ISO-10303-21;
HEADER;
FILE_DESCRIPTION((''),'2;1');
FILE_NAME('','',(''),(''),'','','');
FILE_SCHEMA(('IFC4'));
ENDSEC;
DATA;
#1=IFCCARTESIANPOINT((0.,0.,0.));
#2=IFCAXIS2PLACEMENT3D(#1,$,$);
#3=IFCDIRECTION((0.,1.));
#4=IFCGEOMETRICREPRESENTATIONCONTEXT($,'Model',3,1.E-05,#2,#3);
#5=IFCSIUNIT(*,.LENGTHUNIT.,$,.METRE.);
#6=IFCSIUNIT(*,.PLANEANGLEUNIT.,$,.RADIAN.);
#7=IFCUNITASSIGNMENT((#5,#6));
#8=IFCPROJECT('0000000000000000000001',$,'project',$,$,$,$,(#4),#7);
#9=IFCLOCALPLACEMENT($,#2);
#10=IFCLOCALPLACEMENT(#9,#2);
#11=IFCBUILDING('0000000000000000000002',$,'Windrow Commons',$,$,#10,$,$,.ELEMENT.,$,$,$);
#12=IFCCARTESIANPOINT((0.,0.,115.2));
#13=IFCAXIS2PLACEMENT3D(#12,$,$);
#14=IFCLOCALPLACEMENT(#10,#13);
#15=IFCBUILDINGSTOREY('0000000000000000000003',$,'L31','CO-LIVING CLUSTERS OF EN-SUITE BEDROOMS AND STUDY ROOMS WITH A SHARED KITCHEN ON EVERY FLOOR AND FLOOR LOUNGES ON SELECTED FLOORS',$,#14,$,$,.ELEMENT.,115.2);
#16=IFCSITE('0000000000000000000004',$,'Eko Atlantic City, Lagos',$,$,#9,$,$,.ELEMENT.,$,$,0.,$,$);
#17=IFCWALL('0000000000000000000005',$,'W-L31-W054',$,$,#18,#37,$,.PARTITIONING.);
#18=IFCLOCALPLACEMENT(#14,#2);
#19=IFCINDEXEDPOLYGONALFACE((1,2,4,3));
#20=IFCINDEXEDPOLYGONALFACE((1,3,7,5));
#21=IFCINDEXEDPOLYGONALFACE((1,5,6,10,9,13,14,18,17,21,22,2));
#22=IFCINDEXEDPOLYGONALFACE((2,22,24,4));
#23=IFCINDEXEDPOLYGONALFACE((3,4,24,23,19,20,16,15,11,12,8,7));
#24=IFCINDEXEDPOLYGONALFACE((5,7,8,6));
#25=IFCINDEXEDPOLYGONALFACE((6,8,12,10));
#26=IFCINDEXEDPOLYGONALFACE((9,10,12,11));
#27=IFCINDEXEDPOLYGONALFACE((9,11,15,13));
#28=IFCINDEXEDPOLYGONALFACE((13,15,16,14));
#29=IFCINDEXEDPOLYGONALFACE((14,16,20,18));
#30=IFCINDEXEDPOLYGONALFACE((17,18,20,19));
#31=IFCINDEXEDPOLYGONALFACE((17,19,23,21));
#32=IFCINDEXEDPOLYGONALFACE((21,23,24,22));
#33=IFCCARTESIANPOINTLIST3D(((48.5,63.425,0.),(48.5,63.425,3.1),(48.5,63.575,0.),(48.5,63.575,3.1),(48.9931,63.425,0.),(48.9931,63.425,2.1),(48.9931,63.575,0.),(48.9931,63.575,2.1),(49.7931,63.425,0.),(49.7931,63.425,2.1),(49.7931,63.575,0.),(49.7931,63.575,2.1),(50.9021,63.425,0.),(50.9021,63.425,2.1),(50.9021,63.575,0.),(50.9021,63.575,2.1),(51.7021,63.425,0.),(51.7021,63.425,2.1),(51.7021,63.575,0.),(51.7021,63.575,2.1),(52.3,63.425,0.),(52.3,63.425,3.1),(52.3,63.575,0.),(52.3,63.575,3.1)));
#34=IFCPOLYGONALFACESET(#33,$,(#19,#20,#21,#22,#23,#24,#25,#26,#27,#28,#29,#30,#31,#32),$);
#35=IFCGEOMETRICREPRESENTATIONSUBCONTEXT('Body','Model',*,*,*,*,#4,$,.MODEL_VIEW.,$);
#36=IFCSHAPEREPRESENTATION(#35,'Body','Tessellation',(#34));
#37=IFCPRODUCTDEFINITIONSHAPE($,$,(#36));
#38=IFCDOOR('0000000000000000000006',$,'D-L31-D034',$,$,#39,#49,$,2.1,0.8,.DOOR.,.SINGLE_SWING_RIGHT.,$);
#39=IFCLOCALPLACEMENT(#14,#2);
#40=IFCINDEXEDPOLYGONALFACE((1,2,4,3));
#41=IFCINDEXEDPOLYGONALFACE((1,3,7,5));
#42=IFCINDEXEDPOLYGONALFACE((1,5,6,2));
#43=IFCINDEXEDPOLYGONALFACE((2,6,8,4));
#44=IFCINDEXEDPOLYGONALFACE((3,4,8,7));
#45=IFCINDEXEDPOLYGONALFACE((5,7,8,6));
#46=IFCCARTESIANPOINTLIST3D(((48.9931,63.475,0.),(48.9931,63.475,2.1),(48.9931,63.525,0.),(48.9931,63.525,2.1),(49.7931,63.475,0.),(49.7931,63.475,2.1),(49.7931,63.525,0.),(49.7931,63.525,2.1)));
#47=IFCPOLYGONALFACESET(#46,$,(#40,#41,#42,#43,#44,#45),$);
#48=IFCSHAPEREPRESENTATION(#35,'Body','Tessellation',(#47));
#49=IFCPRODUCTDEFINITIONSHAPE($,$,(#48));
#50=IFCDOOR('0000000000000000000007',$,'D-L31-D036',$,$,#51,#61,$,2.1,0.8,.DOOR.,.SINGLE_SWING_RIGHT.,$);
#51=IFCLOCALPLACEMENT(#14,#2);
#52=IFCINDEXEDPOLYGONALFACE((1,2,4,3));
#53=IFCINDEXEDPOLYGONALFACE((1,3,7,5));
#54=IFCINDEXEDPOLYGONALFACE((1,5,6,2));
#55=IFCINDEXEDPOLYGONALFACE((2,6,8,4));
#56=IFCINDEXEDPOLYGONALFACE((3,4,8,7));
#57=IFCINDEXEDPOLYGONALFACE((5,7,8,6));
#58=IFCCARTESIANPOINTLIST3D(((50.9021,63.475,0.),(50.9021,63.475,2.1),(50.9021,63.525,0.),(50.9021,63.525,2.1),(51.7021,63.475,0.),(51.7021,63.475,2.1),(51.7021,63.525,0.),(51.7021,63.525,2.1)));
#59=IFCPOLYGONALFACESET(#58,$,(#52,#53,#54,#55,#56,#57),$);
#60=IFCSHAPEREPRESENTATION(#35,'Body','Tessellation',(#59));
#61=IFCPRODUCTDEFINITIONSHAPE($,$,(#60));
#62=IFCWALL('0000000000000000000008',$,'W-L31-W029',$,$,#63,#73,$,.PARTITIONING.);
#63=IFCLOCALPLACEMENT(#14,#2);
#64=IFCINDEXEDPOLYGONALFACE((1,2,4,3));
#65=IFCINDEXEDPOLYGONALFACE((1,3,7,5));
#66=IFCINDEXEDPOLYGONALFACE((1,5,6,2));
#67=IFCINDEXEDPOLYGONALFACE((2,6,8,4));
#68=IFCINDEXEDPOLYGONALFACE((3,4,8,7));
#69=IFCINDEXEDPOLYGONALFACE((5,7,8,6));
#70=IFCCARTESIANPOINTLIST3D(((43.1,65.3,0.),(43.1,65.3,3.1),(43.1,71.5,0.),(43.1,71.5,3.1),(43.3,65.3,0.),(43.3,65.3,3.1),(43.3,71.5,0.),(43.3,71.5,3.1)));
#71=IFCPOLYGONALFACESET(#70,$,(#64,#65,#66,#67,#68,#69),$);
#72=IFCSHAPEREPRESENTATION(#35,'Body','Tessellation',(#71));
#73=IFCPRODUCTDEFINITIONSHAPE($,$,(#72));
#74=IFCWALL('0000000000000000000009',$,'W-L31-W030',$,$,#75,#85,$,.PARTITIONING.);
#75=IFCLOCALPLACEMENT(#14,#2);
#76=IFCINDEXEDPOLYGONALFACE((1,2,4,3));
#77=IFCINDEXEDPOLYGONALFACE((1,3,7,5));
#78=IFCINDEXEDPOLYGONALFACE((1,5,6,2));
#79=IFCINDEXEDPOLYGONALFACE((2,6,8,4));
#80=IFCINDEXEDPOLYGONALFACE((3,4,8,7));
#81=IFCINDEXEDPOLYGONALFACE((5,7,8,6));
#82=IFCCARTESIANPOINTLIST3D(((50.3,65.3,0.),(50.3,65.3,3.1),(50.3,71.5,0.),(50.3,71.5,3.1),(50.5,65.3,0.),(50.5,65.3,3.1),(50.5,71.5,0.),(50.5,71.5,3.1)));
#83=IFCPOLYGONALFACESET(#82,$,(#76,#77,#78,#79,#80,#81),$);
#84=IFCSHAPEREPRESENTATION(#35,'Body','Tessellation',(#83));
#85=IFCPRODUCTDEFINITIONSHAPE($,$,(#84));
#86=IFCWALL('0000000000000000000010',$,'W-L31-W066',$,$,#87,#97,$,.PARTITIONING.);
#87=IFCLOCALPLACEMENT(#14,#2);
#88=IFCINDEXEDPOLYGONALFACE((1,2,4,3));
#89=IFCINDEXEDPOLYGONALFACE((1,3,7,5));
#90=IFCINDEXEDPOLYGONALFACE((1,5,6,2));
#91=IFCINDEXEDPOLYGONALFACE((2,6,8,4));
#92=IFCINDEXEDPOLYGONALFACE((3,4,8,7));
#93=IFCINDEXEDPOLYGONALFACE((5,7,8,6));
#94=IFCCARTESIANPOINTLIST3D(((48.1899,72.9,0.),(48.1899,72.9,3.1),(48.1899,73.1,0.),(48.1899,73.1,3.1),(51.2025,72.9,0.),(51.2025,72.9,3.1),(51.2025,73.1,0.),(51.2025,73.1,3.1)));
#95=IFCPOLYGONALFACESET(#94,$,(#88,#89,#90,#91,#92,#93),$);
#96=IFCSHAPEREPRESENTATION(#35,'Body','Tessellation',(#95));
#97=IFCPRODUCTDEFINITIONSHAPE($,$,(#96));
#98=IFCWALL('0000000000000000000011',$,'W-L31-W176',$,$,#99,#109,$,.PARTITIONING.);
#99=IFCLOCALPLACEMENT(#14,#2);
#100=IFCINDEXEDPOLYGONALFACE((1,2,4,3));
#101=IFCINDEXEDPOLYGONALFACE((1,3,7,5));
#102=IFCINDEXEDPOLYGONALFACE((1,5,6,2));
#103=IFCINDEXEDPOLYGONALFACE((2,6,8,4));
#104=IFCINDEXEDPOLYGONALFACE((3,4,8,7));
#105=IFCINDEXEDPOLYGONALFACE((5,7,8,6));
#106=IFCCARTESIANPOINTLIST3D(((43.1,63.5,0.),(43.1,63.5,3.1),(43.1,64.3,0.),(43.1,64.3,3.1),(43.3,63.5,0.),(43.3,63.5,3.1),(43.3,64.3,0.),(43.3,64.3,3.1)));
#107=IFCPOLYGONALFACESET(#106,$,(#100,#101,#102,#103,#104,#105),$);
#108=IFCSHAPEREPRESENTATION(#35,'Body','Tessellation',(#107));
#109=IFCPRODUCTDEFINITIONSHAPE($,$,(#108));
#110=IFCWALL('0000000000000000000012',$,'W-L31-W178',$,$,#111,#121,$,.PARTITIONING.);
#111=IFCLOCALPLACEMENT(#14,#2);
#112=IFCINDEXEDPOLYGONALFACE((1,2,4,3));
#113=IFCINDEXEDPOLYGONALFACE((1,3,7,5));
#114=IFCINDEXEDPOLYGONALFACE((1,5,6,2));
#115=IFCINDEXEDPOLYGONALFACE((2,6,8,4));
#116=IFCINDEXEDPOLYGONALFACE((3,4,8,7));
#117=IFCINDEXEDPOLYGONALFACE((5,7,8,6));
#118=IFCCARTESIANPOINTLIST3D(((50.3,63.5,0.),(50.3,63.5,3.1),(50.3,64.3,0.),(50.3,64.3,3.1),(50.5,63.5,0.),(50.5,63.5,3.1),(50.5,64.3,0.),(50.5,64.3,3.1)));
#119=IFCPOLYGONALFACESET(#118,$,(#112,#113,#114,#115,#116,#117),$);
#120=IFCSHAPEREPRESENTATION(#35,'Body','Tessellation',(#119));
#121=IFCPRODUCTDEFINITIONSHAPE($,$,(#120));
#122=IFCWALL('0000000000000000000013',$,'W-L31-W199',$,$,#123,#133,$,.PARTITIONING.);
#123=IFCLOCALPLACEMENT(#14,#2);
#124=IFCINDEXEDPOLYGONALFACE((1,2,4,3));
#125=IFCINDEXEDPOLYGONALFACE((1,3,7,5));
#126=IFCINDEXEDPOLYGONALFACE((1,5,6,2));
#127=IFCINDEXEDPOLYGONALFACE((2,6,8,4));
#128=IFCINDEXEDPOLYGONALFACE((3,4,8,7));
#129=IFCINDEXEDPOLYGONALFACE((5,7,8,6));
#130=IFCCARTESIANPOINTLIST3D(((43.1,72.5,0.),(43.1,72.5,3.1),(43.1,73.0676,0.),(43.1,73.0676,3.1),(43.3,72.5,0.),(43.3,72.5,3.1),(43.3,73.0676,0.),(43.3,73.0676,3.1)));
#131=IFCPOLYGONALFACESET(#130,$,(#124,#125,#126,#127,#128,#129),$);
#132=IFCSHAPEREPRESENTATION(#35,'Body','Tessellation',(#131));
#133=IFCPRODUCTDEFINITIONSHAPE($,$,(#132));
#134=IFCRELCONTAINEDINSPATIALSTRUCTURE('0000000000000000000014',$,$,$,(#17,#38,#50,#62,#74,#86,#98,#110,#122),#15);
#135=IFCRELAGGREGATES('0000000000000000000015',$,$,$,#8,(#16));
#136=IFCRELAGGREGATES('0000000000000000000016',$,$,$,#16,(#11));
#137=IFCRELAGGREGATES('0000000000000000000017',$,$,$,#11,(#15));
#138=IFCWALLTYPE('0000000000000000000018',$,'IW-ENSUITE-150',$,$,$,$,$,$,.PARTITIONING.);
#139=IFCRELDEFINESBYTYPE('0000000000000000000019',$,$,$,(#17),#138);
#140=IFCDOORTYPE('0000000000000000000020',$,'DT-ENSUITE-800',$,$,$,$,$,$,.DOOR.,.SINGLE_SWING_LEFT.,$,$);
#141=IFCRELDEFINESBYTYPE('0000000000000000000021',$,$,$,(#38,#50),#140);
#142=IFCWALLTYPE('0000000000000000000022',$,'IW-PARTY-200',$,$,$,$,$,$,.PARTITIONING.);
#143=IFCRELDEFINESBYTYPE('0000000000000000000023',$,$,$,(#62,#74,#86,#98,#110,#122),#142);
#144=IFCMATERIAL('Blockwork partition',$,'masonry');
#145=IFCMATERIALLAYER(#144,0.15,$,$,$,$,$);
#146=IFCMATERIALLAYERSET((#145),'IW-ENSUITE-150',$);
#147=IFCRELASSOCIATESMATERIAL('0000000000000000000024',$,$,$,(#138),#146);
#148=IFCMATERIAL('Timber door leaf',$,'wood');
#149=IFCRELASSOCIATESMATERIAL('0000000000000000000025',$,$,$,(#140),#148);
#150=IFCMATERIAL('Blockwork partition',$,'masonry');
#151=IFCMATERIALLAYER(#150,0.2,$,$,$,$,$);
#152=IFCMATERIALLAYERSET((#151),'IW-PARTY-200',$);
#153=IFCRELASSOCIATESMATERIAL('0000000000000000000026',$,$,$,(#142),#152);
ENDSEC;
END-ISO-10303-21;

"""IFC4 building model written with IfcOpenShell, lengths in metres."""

from ifc_helpers import new_model, si_unit, direction, frame, frame_2d, origin, place, context, subcontext, project, spatial, rectangle, extrude, material, layer, layer_set, type_object, element, fill, save


model = new_model("IFC4")

# Units and contexts
model_context = context("Model", 3, precision=1e-05, world=origin(), true_north=direction((0.0, 1.0)))
body_context = subcontext(model_context, "Body", "Model", "MODEL_VIEW")
ifc_project = project(units=[si_unit("LENGTHUNIT", "METRE"), si_unit("PLANEANGLEUNIT", "RADIAN")], contexts=[model_context])

# Site, building, storey
site_placement = place(None, origin())
site = spatial("IfcSite", under=ifc_project, at=site_placement, Name="Eko Atlantic City, Lagos", CompositionType="ELEMENT", RefElevation=0.0)
building_placement = place(site_placement, origin())
building = spatial("IfcBuilding", under=site, at=building_placement, Name="Windrow Commons", CompositionType="ELEMENT")
storey_placement = place(building_placement, frame((0.0, 0.0, 115.2)))
storey = spatial("IfcBuildingStorey", under=building, at=storey_placement, Name="L31", Description="CO-LIVING CLUSTERS OF EN-SUITE BEDROOMS AND STUDY ROOMS WITH A SHARED KITCHEN ON EVERY FLOOR AND FLOOR LOUNGES ON SELECTED FLOORS", CompositionType="ELEMENT", Elevation=115.2)

# Wall, openings, doors
ifc_material_1 = material(Name="Blockwork partition", Category="masonry")
ifc_layer_1 = layer(ifc_material_1, 0.15)
ifc_layer_set_1 = layer_set([ifc_layer_1], Name="IW-ENSUITE-150")
wall_type_1 = type_object("IfcWallType", Name="IW-ENSUITE-150", PredefinedType="PARTITIONING", material=ifc_layer_set_1)
wall_1_placement = place(storey_placement, frame((48.5, 63.5, 0.0), z_axis=(0.0, 0.0, 1.0), x_axis=(1.0, 0.0, 0.0)))
wall_1 = element("IfcWall", 1, at=wall_1_placement, inside=storey, type_object=wall_type_1, Name="W-L31-W054", PredefinedType="PARTITIONING", context=body_context, shape_type="SweptSolid", body=[
    extrude(rectangle(XDim=3.8, YDim=0.15, at=frame_2d((1.9, 0.0))), origin(), (0.0, 0.0, 1.0), 3.1),
])
opening_1_placement = place(wall_1_placement, frame((0.4931, 0.0, 0.0)))
opening_1 = element("IfcOpeningElement", 2, at=opening_1_placement, cuts=wall_1, PredefinedType="OPENING", context=body_context, shape_type="SweptSolid", body=[
    extrude(rectangle(XDim=0.8, YDim=2.1, at=frame_2d((0.4, 1.05))), frame((0.0, 0.085, 0.0), z_axis=(0.0, -1.0, 0.0), x_axis=(1.0, 0.0, 0.0)), (0.0, 0.0, 1.0), 0.17),
])
opening_2_placement = place(wall_1_placement, frame((2.4021, 0.0, 0.0)))
opening_2 = element("IfcOpeningElement", 3, at=opening_2_placement, cuts=wall_1, PredefinedType="OPENING", context=body_context, shape_type="SweptSolid", body=[
    extrude(rectangle(XDim=0.8, YDim=2.1, at=frame_2d((0.4, 1.05))), frame((0.0, 0.085, 0.0), z_axis=(0.0, -1.0, 0.0), x_axis=(1.0, 0.0, 0.0)), (0.0, 0.0, 1.0), 0.17),
])
ifc_material_2 = material(Name="Timber door leaf", Category="wood")
door_type = type_object("IfcDoorType", Name="DT-ENSUITE-800", OperationType="SINGLE_SWING_LEFT", PredefinedType="DOOR", material=ifc_material_2)
door_1_placement = place(opening_1_placement, origin())
door_1 = element("IfcDoor", 4, at=door_1_placement, inside=storey, type_object=door_type, Name="D-L31-D034", OperationType="SINGLE_SWING_RIGHT", OverallHeight=2.1, OverallWidth=0.8, PredefinedType="DOOR", context=body_context, shape_type="SweptSolid", body=[
    extrude(rectangle(XDim=0.8, YDim=2.1, at=frame_2d((0.4, 1.05))), frame((0.0, 0.025, 0.0), z_axis=(0.0, -1.0, 0.0), x_axis=(1.0, 0.0, 0.0)), (0.0, 0.0, 1.0), 0.05),
])
fill(opening_1, door_1)
door_2_placement = place(opening_2_placement, origin())
door_2 = element("IfcDoor", 5, at=door_2_placement, inside=storey, type_object=door_type, Name="D-L31-D036", OperationType="SINGLE_SWING_RIGHT", OverallHeight=2.1, OverallWidth=0.8, PredefinedType="DOOR", context=body_context, shape_type="SweptSolid", body=[
    extrude(rectangle(XDim=0.8, YDim=2.1, at=frame_2d((0.4, 1.05))), frame((0.0, 0.025, 0.0), z_axis=(0.0, -1.0, 0.0), x_axis=(1.0, 0.0, 0.0)), (0.0, 0.0, 1.0), 0.05),
])
fill(opening_2, door_2)

# Walls
ifc_material_3 = material(Name="Blockwork partition", Category="masonry")
ifc_layer_2 = layer(ifc_material_3, 0.2)
ifc_layer_set_2 = layer_set([ifc_layer_2], Name="IW-PARTY-200")
wall_type_2 = type_object("IfcWallType", Name="IW-PARTY-200", PredefinedType="PARTITIONING", material=ifc_layer_set_2)
for number, where, z_axis, x_axis, name in (
    (6, (43.2, 65.3, 0.0), (0.0, 0.0, 1.0), (0.0, 1.0, 0.0), "W-L31-W029"),
    (7, (50.4, 65.3, 0.0), (0.0, 0.0, 1.0), (0.0, 1.0, 0.0), "W-L31-W030"),
):
    element("IfcWall", number, at=place(storey_placement, frame(where, z_axis=z_axis, x_axis=x_axis)), inside=storey, type_object=wall_type_2, Name=name, PredefinedType="PARTITIONING", context=body_context, shape_type="SweptSolid", body=[
        extrude(rectangle(XDim=6.2, YDim=0.2, at=frame_2d((3.1, 0.0))), origin(), (0.0, 0.0, 1.0), 3.1),
    ])
wall_2_placement = place(storey_placement, frame((48.1899, 73.0, 0.0), z_axis=(0.0, 0.0, 1.0), x_axis=(1.0, 0.0, 0.0)))
element("IfcWall", 8, at=wall_2_placement, inside=storey, type_object=wall_type_2, Name="W-L31-W066", PredefinedType="PARTITIONING", context=body_context, shape_type="SweptSolid", body=[
    extrude(rectangle(XDim=3.0126, YDim=0.2, at=frame_2d((1.5063, 0.0))), origin(), (0.0, 0.0, 1.0), 3.1),
])
for number, where, z_axis, x_axis, name in (
    (9, (43.2, 63.5, 0.0), (0.0, 0.0, 1.0), (0.0, 1.0, 0.0), "W-L31-W176"),
    (10, (50.4, 63.5, 0.0), (0.0, 0.0, 1.0), (0.0, 1.0, 0.0), "W-L31-W178"),
):
    element("IfcWall", number, at=place(storey_placement, frame(where, z_axis=z_axis, x_axis=x_axis)), inside=storey, type_object=wall_type_2, Name=name, PredefinedType="PARTITIONING", context=body_context, shape_type="SweptSolid", body=[
        extrude(rectangle(XDim=0.8, YDim=0.2, at=frame_2d((0.4, 0.0))), origin(), (0.0, 0.0, 1.0), 3.1),
    ])
wall_3_placement = place(storey_placement, frame((43.2, 72.5, 0.0), z_axis=(0.0, 0.0, 1.0), x_axis=(0.0, 1.0, 0.0)))
element("IfcWall", 11, at=wall_3_placement, inside=storey, type_object=wall_type_2, Name="W-L31-W199", PredefinedType="PARTITIONING", context=body_context, shape_type="SweptSolid", body=[
    extrude(rectangle(XDim=0.5677, YDim=0.2, at=frame_2d((0.2838, 0.0))), origin(), (0.0, 0.0, 1.0), 3.1),
])

save(model, "model.ifc")
